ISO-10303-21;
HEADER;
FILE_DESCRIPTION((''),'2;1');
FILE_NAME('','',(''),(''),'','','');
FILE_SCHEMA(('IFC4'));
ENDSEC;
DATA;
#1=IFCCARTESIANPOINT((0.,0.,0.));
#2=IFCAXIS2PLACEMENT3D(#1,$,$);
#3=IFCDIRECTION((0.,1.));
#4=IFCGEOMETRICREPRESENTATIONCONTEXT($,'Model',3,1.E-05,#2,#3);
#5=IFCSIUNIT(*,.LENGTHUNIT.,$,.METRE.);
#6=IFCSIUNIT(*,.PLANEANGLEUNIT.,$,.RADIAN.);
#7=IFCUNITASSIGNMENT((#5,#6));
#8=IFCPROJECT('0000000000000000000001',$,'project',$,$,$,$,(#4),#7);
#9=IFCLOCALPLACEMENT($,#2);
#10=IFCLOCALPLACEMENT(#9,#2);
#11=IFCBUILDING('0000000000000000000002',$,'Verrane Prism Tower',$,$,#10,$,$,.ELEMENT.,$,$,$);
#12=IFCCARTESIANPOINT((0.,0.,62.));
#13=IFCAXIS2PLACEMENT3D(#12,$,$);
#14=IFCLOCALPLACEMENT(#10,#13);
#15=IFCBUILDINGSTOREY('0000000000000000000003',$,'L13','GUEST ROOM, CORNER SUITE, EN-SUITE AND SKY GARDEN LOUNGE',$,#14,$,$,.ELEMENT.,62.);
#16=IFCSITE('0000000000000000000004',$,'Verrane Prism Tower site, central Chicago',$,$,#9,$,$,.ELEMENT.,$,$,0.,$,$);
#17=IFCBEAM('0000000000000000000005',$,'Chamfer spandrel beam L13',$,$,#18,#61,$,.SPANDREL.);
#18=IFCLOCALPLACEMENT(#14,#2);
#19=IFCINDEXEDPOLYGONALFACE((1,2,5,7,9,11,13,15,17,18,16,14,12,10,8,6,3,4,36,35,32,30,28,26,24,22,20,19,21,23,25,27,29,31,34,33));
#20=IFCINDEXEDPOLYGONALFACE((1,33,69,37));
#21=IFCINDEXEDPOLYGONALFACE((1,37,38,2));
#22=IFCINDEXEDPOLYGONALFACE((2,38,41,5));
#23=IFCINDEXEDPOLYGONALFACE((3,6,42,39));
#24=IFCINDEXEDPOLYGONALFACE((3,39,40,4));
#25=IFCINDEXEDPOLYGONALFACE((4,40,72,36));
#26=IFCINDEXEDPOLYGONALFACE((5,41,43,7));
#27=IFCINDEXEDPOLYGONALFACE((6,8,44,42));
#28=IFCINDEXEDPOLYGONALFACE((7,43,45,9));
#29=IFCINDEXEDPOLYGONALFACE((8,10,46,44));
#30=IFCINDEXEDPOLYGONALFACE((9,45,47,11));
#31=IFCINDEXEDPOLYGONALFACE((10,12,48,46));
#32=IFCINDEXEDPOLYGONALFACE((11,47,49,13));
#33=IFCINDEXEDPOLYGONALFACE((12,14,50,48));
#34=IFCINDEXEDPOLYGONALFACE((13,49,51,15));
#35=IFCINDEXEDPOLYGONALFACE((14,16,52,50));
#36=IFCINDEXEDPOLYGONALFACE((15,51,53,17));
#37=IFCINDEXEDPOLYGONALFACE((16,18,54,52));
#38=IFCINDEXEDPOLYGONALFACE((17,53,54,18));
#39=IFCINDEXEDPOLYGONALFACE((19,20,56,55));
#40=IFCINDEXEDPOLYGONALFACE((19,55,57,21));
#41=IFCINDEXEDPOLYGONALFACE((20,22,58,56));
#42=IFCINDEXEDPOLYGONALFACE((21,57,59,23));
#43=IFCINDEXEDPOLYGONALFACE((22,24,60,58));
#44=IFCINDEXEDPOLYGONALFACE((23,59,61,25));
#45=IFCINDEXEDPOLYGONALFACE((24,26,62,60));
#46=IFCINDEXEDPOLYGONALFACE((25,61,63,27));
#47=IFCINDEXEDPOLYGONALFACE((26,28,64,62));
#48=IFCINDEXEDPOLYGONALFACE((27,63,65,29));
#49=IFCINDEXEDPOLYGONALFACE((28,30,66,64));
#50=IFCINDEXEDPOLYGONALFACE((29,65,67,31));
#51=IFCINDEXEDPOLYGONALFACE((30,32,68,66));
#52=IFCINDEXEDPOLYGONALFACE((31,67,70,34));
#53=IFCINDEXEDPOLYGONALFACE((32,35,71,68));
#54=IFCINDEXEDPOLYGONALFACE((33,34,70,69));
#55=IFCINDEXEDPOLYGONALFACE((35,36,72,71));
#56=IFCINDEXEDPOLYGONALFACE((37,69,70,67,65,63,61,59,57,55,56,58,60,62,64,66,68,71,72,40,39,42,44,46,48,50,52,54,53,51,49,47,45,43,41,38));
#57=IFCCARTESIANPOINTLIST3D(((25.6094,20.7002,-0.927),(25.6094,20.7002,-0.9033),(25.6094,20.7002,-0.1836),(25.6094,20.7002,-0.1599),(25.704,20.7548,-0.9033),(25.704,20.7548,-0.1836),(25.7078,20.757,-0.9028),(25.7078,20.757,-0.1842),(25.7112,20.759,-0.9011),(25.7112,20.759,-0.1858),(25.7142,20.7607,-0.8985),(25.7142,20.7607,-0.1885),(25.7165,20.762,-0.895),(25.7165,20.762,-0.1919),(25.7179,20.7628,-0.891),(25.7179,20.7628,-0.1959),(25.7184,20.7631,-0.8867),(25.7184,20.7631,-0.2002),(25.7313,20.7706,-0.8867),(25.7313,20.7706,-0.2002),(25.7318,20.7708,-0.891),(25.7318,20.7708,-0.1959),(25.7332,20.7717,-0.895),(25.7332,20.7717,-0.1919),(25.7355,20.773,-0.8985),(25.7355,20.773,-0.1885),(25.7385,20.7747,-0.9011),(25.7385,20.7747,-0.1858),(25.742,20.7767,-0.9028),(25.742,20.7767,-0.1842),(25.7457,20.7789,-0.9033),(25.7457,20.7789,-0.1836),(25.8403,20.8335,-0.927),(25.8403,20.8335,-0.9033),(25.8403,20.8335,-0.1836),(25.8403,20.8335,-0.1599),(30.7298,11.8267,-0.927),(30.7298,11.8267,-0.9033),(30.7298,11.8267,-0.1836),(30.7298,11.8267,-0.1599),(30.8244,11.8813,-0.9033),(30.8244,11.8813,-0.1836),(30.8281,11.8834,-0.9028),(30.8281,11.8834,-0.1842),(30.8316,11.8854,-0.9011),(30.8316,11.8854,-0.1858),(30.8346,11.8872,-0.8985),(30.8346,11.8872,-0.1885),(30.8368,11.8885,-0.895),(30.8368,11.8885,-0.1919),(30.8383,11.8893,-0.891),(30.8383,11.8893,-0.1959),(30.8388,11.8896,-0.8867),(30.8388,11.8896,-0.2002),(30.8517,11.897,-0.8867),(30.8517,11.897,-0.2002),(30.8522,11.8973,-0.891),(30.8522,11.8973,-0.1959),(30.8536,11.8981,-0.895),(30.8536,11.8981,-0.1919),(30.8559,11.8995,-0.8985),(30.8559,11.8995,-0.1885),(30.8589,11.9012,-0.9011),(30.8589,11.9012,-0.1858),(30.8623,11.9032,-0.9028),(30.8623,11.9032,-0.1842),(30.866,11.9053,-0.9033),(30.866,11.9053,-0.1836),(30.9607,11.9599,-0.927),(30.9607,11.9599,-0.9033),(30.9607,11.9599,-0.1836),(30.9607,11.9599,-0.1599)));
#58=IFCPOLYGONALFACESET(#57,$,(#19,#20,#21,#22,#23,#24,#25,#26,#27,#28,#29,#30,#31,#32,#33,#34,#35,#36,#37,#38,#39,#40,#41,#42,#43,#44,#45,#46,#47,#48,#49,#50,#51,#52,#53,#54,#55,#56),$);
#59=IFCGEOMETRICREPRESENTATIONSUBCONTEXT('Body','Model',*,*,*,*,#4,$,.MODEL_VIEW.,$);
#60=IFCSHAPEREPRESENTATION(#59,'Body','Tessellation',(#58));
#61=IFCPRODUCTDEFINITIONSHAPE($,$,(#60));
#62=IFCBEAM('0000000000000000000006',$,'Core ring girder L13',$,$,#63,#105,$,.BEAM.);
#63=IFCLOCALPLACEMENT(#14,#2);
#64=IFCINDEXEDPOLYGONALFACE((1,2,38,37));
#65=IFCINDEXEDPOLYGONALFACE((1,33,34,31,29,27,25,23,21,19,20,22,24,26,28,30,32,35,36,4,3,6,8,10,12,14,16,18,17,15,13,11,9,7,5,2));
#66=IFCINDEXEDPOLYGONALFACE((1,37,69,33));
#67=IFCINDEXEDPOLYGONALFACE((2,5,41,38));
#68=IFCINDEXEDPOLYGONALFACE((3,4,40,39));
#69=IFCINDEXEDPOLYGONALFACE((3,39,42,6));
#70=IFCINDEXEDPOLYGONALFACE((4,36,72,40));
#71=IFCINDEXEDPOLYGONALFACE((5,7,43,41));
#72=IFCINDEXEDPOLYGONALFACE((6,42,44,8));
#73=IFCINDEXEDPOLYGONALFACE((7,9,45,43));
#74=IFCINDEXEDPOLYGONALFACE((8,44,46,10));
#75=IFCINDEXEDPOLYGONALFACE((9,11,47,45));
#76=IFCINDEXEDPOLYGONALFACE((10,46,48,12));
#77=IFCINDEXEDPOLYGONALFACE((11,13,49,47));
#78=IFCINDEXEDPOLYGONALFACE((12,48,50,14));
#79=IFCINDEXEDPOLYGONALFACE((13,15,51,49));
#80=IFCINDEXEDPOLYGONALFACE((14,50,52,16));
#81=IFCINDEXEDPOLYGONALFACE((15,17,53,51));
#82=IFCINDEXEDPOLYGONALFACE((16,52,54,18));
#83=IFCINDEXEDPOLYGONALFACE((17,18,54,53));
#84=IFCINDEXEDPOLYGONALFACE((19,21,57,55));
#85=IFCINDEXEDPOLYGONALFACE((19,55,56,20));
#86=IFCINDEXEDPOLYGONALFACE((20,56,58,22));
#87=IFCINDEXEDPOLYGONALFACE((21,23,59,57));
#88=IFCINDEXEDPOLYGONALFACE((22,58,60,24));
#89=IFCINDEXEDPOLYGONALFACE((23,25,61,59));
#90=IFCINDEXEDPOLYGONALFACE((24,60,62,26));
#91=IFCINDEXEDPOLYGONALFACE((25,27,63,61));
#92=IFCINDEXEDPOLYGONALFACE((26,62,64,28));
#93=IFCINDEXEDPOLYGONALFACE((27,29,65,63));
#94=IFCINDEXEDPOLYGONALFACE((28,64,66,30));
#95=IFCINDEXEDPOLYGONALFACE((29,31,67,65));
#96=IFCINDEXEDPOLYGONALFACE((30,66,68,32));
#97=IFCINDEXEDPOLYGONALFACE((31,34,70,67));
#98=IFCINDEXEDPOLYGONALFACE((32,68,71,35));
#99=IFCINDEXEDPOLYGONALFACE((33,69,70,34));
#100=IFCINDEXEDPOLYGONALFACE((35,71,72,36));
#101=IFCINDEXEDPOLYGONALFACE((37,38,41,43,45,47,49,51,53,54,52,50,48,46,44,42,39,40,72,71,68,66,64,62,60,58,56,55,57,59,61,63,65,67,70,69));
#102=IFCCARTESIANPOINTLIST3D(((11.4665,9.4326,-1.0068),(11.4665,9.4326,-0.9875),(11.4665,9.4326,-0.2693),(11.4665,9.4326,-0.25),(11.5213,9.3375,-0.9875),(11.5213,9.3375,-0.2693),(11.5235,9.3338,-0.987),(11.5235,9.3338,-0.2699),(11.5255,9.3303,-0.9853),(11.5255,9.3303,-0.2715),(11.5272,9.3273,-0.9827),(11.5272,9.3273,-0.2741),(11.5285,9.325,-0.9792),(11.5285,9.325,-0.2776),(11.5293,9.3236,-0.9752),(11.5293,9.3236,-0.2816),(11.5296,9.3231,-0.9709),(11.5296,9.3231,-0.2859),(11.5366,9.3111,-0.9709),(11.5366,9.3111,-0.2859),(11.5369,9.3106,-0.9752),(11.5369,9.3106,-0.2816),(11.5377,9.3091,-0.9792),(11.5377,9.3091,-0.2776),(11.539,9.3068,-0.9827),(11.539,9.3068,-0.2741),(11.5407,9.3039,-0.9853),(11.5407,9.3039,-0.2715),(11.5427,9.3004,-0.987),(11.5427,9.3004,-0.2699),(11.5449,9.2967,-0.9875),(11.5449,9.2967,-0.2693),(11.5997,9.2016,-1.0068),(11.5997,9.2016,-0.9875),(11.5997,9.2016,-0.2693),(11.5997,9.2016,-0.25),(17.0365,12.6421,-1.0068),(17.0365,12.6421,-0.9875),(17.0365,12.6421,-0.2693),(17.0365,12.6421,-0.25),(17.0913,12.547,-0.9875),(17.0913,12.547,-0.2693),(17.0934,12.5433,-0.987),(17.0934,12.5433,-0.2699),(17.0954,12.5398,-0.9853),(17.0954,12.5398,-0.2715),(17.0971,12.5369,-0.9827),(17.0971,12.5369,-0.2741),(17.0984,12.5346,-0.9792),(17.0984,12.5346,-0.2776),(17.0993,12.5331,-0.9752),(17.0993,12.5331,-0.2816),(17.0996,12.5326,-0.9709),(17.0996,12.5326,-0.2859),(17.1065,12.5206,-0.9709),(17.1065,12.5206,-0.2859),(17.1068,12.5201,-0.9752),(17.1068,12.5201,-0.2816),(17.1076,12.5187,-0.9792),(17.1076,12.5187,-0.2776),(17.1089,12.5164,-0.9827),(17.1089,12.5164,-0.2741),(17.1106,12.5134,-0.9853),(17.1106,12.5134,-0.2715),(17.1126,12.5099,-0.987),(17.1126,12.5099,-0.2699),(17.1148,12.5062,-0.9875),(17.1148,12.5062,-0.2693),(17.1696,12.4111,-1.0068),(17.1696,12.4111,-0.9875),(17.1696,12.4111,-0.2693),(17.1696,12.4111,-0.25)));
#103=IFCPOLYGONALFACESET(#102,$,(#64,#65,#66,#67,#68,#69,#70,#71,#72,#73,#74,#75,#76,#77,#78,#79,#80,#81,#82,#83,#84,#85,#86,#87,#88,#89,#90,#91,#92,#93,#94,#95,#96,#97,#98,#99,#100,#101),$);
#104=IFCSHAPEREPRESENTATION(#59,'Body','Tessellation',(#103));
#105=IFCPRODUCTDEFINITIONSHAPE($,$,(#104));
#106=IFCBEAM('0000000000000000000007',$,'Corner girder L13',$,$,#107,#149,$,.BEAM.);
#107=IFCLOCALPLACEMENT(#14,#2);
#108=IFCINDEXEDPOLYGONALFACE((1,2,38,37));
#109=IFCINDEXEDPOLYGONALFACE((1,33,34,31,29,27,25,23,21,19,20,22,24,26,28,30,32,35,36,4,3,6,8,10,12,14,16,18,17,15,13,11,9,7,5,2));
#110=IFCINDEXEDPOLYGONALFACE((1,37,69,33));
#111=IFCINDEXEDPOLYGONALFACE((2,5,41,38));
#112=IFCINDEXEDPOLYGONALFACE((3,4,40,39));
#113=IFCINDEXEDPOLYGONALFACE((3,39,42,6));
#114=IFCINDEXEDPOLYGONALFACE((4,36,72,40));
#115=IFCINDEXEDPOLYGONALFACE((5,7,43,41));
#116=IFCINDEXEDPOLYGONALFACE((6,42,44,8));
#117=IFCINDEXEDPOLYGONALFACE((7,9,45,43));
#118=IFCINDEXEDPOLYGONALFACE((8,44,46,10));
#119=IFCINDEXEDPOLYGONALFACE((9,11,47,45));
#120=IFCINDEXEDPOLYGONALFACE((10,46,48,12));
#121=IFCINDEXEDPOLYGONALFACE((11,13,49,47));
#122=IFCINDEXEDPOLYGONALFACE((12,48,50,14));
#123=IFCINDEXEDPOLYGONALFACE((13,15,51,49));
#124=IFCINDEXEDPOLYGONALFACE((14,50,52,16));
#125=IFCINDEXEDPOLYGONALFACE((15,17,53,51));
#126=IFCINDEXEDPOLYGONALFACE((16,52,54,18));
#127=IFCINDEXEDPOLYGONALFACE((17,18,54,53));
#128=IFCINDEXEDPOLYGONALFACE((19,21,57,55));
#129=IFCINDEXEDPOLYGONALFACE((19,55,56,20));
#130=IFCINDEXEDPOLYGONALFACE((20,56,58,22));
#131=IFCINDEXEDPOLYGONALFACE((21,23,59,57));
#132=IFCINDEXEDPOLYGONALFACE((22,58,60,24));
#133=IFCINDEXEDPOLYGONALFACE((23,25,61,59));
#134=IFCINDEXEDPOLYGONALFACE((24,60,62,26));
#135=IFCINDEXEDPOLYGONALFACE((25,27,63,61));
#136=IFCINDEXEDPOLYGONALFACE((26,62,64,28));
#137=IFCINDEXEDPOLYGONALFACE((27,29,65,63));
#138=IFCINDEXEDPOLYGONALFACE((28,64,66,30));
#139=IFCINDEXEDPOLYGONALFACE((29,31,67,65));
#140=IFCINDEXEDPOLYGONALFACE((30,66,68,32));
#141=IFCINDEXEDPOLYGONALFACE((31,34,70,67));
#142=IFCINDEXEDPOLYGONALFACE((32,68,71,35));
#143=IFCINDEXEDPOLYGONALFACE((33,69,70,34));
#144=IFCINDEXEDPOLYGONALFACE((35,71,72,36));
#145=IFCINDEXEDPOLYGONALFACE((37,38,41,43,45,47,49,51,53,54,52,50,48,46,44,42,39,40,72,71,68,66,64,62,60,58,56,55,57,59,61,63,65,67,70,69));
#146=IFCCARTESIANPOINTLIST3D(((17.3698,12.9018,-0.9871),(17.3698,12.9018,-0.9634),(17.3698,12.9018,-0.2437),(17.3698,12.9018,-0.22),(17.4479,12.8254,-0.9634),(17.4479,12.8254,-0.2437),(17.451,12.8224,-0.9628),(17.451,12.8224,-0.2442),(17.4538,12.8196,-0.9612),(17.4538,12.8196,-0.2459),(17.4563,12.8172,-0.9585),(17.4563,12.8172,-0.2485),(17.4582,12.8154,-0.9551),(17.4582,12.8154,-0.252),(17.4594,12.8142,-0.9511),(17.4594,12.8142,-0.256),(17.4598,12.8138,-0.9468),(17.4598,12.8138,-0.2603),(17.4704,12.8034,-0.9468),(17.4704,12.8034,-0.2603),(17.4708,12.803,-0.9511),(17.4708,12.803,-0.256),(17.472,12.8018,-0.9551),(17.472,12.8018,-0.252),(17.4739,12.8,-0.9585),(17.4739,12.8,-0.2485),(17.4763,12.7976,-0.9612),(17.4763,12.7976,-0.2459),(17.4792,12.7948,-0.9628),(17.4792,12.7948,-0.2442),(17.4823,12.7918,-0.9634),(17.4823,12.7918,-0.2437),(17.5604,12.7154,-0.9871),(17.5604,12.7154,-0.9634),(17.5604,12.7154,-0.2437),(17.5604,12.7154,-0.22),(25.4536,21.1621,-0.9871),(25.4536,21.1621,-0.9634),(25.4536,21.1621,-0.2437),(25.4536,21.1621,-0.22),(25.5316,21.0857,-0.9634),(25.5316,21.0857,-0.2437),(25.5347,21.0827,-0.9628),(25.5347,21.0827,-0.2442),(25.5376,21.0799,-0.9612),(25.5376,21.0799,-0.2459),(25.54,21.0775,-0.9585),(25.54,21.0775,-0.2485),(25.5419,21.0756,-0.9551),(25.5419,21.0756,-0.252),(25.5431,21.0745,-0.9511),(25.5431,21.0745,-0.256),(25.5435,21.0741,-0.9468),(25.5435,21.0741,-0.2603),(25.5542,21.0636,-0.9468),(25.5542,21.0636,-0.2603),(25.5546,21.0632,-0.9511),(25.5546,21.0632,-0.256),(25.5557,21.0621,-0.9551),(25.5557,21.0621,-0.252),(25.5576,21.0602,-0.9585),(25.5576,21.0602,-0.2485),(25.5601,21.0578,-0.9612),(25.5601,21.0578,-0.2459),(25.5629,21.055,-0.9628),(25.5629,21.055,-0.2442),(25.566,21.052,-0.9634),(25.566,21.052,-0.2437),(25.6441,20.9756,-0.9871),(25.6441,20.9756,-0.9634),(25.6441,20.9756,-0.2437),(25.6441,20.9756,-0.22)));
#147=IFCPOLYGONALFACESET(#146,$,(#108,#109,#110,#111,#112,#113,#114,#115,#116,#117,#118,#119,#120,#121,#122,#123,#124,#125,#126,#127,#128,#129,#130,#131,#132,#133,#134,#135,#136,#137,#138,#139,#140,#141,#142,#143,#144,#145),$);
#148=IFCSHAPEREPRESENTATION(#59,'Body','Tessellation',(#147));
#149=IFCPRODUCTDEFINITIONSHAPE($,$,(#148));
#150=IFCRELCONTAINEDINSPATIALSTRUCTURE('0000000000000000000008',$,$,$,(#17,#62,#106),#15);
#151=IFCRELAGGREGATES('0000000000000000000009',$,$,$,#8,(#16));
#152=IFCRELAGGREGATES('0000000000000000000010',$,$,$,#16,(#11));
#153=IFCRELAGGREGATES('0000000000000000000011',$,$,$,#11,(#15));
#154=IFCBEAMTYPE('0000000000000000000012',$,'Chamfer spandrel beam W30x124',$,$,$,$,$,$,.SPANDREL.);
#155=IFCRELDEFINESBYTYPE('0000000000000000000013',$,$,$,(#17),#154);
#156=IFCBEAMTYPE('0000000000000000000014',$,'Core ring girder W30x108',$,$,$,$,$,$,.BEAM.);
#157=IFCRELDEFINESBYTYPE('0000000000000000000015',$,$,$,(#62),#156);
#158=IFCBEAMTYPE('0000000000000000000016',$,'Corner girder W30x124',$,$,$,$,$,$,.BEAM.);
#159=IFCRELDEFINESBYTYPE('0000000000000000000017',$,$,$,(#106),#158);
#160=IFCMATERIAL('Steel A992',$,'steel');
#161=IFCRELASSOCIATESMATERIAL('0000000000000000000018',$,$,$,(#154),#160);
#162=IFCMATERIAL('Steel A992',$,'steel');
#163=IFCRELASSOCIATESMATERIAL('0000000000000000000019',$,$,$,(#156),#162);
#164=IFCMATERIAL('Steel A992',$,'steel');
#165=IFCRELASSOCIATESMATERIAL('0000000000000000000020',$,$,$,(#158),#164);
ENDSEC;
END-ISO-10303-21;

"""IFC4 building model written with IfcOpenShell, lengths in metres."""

from ifc_helpers import new_model, si_unit, direction, frame, origin, origin_2d, place, context, subcontext, project, spatial, i_section, extrude, material, material_profile, profile_set, type_object, element, save


model = new_model("IFC4")

# Units and contexts
model_context = context("Model", 3, precision=1e-05, world=origin(), true_north=direction((0.0, 1.0)))
body_context = subcontext(model_context, "Body", "Model", "MODEL_VIEW")
ifc_project = project(units=[si_unit("LENGTHUNIT", "METRE"), si_unit("PLANEANGLEUNIT", "RADIAN")], contexts=[model_context])

# Site, building, storey
site_placement = place(None, origin())
site = spatial("IfcSite", under=ifc_project, at=site_placement, Name="Verrane Prism Tower site, central Chicago", CompositionType="ELEMENT", RefElevation=0.0)
building_placement = place(site_placement, origin())
building = spatial("IfcBuilding", under=site, at=building_placement, Name="Verrane Prism Tower", CompositionType="ELEMENT")
storey_placement = place(building_placement, frame((0.0, 0.0, 62.0)))
storey = spatial("IfcBuildingStorey", under=building, at=storey_placement, Name="L13", Description="GUEST ROOM, CORNER SUITE, EN-SUITE AND SKY GARDEN LOUNGE", CompositionType="ELEMENT", Elevation=62.0)

# Beams
ifc_material_1 = material(Name="Steel A992", Category="steel")
ifc_material_profile_1 = material_profile(ifc_material_1, i_section(OverallWidth=0.2666, OverallDepth=0.7671, WebThickness=0.0149, FlangeThickness=0.0237, FilletRadius=0.0166, at=origin_2d()), Name="W30x124")
ifc_profile_set_1 = profile_set([ifc_material_profile_1], Name="Steel A992")
beam_type_1 = type_object("IfcBeamType", Name="Chamfer spandrel beam W30x124", PredefinedType="SPANDREL", material=ifc_profile_set_1)
beam_1_placement = place(storey_placement, frame((30.8452, 11.8933, -0.5435), z_axis=(-0.499797, 0.866143, 0.0), x_axis=(-0.866143, -0.499797, 0.0)))
element("IfcBeam", 1, at=beam_1_placement, inside=storey, type_object=beam_type_1, Name="Chamfer spandrel beam L13", PredefinedType="SPANDREL", context=body_context, shape_type="SweptSolid", body=[
    extrude(i_section(OverallWidth=0.2666, OverallDepth=0.7671, WebThickness=0.0149, FlangeThickness=0.0237, FilletRadius=0.0166, at=origin_2d()), origin(), (0.0, 0.0, 1.0), 10.2449),
])
ifc_material_2 = material(Name="Steel A992", Category="steel")
ifc_material_profile_2 = material_profile(ifc_material_2, i_section(OverallWidth=0.2666, OverallDepth=0.7568, WebThickness=0.0139, FlangeThickness=0.0193, FilletRadius=0.0166, at=origin_2d()), Name="W30x108")
ifc_profile_set_2 = profile_set([ifc_material_profile_2], Name="Steel A992")
beam_type_2 = type_object("IfcBeamType", Name="Core ring girder W30x108", PredefinedType="BEAM", material=ifc_profile_set_2)
beam_2_placement = place(storey_placement, frame((17.103, 12.5266, -0.6284), z_axis=(-0.866447, -0.499269, 0.0), x_axis=(0.499269, -0.866447, 0.0)))
element("IfcBeam", 2, at=beam_2_placement, inside=storey, type_object=beam_type_2, Name="Core ring girder L13", PredefinedType="BEAM", context=body_context, shape_type="SweptSolid", body=[
    extrude(i_section(OverallWidth=0.2666, OverallDepth=0.7568, WebThickness=0.0139, FlangeThickness=0.0193, FilletRadius=0.0166, at=origin_2d()), origin(), (0.0, 0.0, 1.0), 6.4285),
])
ifc_material_3 = material(Name="Steel A992", Category="steel")
ifc_material_profile_3 = material_profile(ifc_material_3, i_section(OverallWidth=0.2666, OverallDepth=0.7671, WebThickness=0.0149, FlangeThickness=0.0237, FilletRadius=0.0166, at=origin_2d()), Name="W30x124")
ifc_profile_set_3 = profile_set([ifc_material_profile_3], Name="Steel A992")
beam_type_3 = type_object("IfcBeamType", Name="Corner girder W30x124", PredefinedType="BEAM", material=ifc_profile_set_3)
beam_3_placement = place(storey_placement, frame((25.5488, 21.0688, -0.6035), z_axis=(-0.699429, -0.714702, 0.0), x_axis=(0.714702, -0.699429, 0.0)))
element("IfcBeam", 3, at=beam_3_placement, inside=storey, type_object=beam_type_3, Name="Corner girder L13", PredefinedType="BEAM", context=body_context, shape_type="SweptSolid", body=[
    extrude(i_section(OverallWidth=0.2666, OverallDepth=0.7671, WebThickness=0.0149, FlangeThickness=0.0237, FilletRadius=0.0166, at=origin_2d()), origin(), (0.0, 0.0, 1.0), 11.5576),
])

save(model, "model.ifc")
